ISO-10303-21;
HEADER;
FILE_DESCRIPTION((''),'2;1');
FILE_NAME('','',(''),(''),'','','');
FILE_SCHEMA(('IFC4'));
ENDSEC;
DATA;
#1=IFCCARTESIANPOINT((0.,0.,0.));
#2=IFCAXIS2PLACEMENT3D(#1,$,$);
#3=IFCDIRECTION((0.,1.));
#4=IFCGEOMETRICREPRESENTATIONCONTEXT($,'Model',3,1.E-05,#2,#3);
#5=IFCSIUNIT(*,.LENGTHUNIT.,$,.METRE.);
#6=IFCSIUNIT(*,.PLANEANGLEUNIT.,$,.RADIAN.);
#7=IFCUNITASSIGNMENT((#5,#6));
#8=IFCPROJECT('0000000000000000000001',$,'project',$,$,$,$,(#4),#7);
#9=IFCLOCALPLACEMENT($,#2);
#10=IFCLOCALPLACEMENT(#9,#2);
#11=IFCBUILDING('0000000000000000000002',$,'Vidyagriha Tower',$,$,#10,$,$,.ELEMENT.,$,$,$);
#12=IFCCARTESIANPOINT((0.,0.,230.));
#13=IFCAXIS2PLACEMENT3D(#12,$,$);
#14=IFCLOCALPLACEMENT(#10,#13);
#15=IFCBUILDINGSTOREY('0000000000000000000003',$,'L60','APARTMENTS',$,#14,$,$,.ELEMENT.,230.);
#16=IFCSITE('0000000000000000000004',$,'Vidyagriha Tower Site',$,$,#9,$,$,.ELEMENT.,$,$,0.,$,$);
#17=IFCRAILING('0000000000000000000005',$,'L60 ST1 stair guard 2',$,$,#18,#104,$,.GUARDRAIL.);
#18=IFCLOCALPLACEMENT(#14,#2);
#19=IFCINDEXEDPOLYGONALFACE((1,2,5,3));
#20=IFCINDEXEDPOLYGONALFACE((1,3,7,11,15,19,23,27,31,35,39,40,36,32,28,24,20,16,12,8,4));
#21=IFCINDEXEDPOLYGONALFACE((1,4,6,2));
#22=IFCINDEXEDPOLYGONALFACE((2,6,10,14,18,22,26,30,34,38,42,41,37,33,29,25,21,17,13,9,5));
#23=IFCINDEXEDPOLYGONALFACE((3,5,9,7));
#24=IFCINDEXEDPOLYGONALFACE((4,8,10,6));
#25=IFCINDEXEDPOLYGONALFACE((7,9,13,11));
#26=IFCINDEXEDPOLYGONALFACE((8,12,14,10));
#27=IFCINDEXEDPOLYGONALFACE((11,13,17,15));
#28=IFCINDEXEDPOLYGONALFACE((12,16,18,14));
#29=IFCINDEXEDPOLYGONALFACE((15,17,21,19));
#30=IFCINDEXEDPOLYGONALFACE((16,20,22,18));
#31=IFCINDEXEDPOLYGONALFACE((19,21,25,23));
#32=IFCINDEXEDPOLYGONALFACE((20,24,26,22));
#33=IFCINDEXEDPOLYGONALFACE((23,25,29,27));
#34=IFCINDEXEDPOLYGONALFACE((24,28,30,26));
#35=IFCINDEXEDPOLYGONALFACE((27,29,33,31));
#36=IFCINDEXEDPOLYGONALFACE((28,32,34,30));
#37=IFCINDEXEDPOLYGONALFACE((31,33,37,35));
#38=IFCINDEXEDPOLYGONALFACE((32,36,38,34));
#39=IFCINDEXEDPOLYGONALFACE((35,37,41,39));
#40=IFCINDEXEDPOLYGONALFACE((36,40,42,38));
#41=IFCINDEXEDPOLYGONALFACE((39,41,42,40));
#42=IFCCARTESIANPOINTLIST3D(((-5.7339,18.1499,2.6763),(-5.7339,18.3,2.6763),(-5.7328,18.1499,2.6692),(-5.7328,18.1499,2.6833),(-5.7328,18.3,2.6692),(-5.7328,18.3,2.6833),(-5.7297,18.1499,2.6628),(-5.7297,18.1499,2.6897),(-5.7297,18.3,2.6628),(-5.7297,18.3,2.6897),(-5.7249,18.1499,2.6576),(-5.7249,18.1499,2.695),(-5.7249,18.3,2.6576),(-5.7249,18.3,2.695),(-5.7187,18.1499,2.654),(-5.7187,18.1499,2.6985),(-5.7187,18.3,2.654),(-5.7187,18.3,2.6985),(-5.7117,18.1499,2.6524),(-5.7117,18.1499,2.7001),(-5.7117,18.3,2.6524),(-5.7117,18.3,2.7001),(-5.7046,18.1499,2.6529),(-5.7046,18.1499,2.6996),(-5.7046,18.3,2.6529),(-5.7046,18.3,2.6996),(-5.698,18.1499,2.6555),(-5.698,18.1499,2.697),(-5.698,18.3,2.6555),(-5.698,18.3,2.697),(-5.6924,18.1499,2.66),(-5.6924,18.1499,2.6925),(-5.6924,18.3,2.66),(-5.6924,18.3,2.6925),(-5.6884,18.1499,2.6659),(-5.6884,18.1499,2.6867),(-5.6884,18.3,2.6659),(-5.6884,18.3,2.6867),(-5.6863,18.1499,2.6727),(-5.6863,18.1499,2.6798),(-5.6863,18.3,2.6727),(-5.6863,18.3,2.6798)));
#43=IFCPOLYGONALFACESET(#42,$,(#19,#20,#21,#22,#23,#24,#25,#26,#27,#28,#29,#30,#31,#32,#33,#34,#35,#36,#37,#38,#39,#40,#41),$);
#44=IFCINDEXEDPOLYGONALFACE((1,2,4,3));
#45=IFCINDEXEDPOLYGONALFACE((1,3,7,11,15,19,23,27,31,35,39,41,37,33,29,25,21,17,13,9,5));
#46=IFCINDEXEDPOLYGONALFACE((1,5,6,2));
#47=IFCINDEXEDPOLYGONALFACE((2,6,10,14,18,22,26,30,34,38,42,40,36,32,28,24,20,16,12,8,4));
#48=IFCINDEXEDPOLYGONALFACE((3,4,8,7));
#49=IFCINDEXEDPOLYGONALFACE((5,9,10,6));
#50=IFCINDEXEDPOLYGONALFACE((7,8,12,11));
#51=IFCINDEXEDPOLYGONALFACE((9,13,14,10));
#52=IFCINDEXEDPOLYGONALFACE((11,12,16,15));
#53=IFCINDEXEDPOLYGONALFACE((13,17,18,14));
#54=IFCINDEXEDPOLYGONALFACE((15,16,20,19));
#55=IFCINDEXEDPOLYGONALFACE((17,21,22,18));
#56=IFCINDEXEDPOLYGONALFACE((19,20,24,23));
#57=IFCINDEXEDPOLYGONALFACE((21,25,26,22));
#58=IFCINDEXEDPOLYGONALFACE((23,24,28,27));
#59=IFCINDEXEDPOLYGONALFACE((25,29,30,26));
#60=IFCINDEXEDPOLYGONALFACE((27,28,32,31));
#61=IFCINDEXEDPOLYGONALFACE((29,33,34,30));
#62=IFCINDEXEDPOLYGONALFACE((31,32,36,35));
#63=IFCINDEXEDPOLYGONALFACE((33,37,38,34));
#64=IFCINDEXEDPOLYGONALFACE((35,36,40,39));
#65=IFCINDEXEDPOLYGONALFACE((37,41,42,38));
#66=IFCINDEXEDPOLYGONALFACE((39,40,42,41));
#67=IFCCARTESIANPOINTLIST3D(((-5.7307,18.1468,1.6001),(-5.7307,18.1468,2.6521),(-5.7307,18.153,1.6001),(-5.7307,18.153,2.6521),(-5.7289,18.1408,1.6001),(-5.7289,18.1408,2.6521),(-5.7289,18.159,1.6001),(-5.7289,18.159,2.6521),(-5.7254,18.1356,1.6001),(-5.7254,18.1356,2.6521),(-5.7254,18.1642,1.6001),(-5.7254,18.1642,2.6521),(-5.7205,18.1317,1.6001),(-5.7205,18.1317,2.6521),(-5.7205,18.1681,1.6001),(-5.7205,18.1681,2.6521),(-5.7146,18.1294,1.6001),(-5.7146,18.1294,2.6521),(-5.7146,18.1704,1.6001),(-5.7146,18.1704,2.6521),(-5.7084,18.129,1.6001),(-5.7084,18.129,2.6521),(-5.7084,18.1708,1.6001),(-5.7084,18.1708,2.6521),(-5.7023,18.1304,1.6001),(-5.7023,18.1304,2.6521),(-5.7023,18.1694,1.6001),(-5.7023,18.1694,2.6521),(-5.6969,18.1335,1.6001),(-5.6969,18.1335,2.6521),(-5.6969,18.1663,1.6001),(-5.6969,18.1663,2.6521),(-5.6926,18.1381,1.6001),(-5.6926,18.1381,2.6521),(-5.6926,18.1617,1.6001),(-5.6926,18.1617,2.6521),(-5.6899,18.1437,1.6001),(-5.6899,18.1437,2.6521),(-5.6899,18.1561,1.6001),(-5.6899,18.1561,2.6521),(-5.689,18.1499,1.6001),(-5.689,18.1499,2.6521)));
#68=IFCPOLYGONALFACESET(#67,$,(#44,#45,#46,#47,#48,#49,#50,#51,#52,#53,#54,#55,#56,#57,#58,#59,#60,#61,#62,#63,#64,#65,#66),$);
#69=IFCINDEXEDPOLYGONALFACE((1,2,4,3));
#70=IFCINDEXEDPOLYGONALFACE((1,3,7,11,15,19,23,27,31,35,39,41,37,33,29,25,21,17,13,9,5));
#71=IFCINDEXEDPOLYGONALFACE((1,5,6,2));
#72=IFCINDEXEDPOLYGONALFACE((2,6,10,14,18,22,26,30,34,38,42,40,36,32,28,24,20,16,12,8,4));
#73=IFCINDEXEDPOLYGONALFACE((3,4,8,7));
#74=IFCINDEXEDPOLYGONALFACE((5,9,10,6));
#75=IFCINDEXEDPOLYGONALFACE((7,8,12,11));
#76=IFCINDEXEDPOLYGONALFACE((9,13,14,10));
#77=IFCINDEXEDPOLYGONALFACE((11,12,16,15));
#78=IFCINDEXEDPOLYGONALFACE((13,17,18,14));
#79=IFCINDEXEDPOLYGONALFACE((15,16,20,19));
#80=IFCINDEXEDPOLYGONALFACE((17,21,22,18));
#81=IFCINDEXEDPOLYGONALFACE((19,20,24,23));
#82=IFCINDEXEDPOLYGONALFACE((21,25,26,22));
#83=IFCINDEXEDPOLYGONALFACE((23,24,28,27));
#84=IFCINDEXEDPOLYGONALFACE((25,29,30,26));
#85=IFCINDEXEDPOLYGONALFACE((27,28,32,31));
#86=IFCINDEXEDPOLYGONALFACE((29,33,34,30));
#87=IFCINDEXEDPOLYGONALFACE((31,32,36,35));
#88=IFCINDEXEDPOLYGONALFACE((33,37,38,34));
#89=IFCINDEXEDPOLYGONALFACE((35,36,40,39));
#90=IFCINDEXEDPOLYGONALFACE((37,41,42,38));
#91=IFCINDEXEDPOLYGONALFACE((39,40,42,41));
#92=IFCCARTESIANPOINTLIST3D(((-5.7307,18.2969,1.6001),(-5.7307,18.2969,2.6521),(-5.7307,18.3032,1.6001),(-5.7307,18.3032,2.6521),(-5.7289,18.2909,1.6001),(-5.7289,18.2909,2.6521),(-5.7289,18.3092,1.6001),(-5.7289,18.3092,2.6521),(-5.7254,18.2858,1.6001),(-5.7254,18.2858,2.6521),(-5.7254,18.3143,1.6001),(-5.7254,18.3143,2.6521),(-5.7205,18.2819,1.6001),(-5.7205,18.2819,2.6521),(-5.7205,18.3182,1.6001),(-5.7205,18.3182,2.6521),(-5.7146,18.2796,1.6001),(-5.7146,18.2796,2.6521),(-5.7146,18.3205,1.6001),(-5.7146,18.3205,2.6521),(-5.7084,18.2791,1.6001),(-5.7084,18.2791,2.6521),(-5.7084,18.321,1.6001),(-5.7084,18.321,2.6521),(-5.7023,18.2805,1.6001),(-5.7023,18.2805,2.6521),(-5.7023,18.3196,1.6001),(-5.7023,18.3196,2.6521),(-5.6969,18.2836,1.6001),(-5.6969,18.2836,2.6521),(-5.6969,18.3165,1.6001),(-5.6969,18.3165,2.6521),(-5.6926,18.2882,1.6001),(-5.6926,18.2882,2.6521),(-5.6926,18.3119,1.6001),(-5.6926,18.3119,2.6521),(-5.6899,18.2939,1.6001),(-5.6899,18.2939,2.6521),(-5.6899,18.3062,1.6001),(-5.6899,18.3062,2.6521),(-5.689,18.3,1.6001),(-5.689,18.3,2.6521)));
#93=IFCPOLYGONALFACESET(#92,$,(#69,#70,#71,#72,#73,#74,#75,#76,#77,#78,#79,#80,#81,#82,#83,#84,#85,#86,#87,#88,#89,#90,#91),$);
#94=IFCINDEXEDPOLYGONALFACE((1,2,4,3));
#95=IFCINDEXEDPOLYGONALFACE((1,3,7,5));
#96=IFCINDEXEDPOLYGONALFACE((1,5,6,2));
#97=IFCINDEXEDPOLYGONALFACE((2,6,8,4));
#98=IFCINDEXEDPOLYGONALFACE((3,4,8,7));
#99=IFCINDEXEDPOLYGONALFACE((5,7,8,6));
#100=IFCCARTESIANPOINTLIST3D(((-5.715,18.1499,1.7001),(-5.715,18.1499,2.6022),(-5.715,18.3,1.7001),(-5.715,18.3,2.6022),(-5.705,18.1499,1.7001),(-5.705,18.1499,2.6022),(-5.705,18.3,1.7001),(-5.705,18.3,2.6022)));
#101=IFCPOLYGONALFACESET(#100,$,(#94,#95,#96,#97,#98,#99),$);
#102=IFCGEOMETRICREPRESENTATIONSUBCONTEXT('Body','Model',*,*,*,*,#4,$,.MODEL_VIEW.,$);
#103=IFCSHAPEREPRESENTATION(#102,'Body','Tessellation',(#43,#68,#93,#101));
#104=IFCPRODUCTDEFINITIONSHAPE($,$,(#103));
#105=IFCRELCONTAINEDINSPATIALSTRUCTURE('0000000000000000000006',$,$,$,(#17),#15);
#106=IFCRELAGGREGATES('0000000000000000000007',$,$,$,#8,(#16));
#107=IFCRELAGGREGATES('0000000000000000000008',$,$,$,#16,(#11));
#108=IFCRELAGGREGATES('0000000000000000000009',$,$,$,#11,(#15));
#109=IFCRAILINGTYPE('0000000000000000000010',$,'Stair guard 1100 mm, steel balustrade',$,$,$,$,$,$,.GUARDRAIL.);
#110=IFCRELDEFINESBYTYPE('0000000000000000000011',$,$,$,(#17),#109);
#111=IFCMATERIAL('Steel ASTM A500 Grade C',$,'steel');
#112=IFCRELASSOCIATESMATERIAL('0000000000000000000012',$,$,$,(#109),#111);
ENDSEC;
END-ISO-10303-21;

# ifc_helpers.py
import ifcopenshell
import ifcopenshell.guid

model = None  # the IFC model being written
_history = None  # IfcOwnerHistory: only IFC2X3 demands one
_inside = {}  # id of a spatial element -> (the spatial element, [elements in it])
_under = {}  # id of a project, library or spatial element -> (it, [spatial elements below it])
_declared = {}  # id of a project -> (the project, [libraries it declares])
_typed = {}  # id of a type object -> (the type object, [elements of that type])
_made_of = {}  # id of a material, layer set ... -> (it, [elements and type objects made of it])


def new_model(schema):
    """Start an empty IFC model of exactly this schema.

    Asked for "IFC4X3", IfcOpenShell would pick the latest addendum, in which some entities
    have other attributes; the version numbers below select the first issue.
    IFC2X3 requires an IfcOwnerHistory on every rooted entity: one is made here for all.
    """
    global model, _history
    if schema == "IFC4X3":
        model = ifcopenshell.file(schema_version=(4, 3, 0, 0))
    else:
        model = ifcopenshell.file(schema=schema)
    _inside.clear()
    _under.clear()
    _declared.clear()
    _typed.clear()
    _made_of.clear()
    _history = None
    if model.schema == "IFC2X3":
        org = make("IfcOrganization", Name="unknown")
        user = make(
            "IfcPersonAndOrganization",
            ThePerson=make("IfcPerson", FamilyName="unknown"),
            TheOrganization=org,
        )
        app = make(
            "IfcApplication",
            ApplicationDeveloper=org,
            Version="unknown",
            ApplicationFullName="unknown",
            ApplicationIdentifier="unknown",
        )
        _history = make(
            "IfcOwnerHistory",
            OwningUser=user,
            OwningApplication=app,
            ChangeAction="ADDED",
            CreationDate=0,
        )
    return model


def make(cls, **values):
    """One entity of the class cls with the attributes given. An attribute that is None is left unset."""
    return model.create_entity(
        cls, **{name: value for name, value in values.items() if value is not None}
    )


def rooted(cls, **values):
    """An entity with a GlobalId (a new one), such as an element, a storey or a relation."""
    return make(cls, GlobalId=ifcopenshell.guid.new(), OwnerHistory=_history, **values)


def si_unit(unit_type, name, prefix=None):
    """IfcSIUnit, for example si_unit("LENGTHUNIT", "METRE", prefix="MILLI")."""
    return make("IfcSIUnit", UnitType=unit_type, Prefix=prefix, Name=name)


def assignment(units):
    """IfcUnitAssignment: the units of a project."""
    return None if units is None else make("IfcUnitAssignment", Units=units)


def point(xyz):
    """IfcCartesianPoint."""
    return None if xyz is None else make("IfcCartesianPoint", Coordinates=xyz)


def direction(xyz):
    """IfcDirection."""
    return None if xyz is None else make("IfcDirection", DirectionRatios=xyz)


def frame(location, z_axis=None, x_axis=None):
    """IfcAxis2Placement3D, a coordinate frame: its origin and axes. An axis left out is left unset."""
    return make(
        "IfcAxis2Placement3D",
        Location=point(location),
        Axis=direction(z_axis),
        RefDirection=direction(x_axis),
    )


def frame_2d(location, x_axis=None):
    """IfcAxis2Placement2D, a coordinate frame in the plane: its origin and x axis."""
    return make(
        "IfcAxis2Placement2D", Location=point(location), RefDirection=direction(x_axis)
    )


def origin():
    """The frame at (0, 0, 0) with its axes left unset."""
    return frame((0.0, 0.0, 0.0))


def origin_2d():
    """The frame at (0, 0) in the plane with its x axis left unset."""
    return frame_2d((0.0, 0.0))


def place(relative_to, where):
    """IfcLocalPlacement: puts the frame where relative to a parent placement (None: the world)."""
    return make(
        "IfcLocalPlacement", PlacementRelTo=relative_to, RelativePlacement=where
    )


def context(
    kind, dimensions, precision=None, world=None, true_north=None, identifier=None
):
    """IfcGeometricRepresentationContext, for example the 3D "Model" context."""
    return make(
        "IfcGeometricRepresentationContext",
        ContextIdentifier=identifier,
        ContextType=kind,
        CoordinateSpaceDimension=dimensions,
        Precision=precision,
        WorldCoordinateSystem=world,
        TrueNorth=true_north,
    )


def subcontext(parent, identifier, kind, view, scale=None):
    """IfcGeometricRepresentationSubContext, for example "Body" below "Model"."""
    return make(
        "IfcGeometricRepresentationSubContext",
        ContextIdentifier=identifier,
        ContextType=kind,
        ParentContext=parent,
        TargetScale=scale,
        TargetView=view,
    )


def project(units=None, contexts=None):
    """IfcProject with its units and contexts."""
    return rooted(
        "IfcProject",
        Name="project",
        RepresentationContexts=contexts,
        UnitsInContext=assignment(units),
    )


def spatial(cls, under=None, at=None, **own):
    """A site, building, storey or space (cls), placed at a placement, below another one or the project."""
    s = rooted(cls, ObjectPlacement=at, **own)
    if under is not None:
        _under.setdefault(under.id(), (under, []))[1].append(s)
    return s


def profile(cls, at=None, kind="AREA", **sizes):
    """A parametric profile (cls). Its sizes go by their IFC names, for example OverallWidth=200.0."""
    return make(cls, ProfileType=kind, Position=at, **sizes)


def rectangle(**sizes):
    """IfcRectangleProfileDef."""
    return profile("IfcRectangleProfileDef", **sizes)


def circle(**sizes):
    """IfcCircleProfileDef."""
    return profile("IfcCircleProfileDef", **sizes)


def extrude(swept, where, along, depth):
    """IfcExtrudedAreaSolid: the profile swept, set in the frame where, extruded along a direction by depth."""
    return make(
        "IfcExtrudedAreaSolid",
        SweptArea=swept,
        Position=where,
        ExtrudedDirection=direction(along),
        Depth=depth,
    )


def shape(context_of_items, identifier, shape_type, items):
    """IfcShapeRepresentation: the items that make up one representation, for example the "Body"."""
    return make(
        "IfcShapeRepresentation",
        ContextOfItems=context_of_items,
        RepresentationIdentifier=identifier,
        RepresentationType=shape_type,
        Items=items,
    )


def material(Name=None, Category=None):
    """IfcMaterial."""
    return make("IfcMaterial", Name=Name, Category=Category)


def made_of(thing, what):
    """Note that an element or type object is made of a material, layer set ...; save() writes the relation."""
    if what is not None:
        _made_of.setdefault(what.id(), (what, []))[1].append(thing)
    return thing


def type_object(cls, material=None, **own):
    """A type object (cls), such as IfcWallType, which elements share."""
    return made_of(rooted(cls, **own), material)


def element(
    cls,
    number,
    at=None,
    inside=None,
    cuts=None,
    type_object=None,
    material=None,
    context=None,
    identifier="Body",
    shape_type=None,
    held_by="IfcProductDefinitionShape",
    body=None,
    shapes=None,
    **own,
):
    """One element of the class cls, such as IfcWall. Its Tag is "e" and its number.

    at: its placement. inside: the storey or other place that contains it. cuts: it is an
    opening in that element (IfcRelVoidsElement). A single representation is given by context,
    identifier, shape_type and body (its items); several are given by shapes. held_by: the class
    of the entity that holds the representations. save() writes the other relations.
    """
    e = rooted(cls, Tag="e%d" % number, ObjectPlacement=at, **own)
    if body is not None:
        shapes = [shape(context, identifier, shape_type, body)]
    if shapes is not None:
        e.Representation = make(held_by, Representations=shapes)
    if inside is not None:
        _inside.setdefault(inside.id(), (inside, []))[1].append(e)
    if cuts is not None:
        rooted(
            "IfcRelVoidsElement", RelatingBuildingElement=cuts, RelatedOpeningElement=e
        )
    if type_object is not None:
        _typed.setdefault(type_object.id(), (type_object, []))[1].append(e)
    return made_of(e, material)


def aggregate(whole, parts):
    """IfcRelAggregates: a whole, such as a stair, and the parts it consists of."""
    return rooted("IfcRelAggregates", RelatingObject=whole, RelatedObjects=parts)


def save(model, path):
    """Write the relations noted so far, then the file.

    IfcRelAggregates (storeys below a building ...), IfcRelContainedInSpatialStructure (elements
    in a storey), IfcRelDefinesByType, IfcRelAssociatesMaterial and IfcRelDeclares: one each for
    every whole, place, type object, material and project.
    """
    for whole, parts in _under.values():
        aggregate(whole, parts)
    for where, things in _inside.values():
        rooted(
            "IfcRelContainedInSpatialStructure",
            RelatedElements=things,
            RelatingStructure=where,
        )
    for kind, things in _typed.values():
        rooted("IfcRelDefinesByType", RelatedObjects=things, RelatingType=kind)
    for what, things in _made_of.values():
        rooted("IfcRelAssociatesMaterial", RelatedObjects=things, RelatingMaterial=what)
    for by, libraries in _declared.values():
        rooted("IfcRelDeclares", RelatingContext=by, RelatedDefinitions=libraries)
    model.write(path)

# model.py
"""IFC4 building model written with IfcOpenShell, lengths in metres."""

from ifc_helpers import new_model, si_unit, direction, frame, origin, origin_2d, place, context, subcontext, project, spatial, rectangle, circle, extrude, material, type_object, element, save


model = new_model("IFC4")

# Units and contexts
model_context = context("Model", 3, precision=1e-05, world=origin(), true_north=direction((0.0, 1.0)))
body_context = subcontext(model_context, "Body", "Model", "MODEL_VIEW")
ifc_project = project(units=[si_unit("LENGTHUNIT", "METRE"), si_unit("PLANEANGLEUNIT", "RADIAN")], contexts=[model_context])

# Site, building, storey
site_placement = place(None, origin())
site = spatial("IfcSite", under=ifc_project, at=site_placement, Name="Vidyagriha Tower Site", CompositionType="ELEMENT", RefElevation=0.0)
building_placement = place(site_placement, origin())
building = spatial("IfcBuilding", under=site, at=building_placement, Name="Vidyagriha Tower", CompositionType="ELEMENT")
storey_placement = place(building_placement, frame((0.0, 0.0, 230.0)))
storey = spatial("IfcBuildingStorey", under=building, at=storey_placement, Name="L60", Description="APARTMENTS", CompositionType="ELEMENT", Elevation=230.0)

# Railing
ifc_material_1 = material(Name="Steel ASTM A500 Grade C", Category="steel")
railing_type_1 = type_object("IfcRailingType", Name="Stair guard 1100 mm, steel balustrade", PredefinedType="GUARDRAIL", material=ifc_material_1)
railing_1_placement = place(storey_placement, frame((-5.71, 18.1499, 1.6001)))
element("IfcRailing", 1, at=railing_1_placement, inside=storey, type_object=railing_type_1, Name="L60 ST1 stair guard 2", PredefinedType="GUARDRAIL", context=body_context, shape_type="SweptSolid", body=[
    extrude(circle(Radius=0.0239, at=origin_2d()), frame((0.0, 0.0, 1.0762), z_axis=(0.0, 1.0, 0.0), x_axis=(-1.0, 0.0, 0.0)), (0.0, 0.0, 1.0), 0.1501),
    extrude(circle(Radius=0.021, at=origin_2d()), origin(), (0.0, 0.0, 1.0), 1.052),
    extrude(circle(Radius=0.021, at=origin_2d()), frame((0.0, 0.1501, 0.0)), (0.0, 0.0, 1.0), 1.052),
    extrude(rectangle(XDim=0.01, YDim=0.9021, at=origin_2d()), frame((0.0, 0.0, 0.551), z_axis=(0.0, 1.0, 0.0), x_axis=(-1.0, 0.0, 0.0)), (0.0, 0.0, 1.0), 0.1501),
])

save(model, "model.ifc")
